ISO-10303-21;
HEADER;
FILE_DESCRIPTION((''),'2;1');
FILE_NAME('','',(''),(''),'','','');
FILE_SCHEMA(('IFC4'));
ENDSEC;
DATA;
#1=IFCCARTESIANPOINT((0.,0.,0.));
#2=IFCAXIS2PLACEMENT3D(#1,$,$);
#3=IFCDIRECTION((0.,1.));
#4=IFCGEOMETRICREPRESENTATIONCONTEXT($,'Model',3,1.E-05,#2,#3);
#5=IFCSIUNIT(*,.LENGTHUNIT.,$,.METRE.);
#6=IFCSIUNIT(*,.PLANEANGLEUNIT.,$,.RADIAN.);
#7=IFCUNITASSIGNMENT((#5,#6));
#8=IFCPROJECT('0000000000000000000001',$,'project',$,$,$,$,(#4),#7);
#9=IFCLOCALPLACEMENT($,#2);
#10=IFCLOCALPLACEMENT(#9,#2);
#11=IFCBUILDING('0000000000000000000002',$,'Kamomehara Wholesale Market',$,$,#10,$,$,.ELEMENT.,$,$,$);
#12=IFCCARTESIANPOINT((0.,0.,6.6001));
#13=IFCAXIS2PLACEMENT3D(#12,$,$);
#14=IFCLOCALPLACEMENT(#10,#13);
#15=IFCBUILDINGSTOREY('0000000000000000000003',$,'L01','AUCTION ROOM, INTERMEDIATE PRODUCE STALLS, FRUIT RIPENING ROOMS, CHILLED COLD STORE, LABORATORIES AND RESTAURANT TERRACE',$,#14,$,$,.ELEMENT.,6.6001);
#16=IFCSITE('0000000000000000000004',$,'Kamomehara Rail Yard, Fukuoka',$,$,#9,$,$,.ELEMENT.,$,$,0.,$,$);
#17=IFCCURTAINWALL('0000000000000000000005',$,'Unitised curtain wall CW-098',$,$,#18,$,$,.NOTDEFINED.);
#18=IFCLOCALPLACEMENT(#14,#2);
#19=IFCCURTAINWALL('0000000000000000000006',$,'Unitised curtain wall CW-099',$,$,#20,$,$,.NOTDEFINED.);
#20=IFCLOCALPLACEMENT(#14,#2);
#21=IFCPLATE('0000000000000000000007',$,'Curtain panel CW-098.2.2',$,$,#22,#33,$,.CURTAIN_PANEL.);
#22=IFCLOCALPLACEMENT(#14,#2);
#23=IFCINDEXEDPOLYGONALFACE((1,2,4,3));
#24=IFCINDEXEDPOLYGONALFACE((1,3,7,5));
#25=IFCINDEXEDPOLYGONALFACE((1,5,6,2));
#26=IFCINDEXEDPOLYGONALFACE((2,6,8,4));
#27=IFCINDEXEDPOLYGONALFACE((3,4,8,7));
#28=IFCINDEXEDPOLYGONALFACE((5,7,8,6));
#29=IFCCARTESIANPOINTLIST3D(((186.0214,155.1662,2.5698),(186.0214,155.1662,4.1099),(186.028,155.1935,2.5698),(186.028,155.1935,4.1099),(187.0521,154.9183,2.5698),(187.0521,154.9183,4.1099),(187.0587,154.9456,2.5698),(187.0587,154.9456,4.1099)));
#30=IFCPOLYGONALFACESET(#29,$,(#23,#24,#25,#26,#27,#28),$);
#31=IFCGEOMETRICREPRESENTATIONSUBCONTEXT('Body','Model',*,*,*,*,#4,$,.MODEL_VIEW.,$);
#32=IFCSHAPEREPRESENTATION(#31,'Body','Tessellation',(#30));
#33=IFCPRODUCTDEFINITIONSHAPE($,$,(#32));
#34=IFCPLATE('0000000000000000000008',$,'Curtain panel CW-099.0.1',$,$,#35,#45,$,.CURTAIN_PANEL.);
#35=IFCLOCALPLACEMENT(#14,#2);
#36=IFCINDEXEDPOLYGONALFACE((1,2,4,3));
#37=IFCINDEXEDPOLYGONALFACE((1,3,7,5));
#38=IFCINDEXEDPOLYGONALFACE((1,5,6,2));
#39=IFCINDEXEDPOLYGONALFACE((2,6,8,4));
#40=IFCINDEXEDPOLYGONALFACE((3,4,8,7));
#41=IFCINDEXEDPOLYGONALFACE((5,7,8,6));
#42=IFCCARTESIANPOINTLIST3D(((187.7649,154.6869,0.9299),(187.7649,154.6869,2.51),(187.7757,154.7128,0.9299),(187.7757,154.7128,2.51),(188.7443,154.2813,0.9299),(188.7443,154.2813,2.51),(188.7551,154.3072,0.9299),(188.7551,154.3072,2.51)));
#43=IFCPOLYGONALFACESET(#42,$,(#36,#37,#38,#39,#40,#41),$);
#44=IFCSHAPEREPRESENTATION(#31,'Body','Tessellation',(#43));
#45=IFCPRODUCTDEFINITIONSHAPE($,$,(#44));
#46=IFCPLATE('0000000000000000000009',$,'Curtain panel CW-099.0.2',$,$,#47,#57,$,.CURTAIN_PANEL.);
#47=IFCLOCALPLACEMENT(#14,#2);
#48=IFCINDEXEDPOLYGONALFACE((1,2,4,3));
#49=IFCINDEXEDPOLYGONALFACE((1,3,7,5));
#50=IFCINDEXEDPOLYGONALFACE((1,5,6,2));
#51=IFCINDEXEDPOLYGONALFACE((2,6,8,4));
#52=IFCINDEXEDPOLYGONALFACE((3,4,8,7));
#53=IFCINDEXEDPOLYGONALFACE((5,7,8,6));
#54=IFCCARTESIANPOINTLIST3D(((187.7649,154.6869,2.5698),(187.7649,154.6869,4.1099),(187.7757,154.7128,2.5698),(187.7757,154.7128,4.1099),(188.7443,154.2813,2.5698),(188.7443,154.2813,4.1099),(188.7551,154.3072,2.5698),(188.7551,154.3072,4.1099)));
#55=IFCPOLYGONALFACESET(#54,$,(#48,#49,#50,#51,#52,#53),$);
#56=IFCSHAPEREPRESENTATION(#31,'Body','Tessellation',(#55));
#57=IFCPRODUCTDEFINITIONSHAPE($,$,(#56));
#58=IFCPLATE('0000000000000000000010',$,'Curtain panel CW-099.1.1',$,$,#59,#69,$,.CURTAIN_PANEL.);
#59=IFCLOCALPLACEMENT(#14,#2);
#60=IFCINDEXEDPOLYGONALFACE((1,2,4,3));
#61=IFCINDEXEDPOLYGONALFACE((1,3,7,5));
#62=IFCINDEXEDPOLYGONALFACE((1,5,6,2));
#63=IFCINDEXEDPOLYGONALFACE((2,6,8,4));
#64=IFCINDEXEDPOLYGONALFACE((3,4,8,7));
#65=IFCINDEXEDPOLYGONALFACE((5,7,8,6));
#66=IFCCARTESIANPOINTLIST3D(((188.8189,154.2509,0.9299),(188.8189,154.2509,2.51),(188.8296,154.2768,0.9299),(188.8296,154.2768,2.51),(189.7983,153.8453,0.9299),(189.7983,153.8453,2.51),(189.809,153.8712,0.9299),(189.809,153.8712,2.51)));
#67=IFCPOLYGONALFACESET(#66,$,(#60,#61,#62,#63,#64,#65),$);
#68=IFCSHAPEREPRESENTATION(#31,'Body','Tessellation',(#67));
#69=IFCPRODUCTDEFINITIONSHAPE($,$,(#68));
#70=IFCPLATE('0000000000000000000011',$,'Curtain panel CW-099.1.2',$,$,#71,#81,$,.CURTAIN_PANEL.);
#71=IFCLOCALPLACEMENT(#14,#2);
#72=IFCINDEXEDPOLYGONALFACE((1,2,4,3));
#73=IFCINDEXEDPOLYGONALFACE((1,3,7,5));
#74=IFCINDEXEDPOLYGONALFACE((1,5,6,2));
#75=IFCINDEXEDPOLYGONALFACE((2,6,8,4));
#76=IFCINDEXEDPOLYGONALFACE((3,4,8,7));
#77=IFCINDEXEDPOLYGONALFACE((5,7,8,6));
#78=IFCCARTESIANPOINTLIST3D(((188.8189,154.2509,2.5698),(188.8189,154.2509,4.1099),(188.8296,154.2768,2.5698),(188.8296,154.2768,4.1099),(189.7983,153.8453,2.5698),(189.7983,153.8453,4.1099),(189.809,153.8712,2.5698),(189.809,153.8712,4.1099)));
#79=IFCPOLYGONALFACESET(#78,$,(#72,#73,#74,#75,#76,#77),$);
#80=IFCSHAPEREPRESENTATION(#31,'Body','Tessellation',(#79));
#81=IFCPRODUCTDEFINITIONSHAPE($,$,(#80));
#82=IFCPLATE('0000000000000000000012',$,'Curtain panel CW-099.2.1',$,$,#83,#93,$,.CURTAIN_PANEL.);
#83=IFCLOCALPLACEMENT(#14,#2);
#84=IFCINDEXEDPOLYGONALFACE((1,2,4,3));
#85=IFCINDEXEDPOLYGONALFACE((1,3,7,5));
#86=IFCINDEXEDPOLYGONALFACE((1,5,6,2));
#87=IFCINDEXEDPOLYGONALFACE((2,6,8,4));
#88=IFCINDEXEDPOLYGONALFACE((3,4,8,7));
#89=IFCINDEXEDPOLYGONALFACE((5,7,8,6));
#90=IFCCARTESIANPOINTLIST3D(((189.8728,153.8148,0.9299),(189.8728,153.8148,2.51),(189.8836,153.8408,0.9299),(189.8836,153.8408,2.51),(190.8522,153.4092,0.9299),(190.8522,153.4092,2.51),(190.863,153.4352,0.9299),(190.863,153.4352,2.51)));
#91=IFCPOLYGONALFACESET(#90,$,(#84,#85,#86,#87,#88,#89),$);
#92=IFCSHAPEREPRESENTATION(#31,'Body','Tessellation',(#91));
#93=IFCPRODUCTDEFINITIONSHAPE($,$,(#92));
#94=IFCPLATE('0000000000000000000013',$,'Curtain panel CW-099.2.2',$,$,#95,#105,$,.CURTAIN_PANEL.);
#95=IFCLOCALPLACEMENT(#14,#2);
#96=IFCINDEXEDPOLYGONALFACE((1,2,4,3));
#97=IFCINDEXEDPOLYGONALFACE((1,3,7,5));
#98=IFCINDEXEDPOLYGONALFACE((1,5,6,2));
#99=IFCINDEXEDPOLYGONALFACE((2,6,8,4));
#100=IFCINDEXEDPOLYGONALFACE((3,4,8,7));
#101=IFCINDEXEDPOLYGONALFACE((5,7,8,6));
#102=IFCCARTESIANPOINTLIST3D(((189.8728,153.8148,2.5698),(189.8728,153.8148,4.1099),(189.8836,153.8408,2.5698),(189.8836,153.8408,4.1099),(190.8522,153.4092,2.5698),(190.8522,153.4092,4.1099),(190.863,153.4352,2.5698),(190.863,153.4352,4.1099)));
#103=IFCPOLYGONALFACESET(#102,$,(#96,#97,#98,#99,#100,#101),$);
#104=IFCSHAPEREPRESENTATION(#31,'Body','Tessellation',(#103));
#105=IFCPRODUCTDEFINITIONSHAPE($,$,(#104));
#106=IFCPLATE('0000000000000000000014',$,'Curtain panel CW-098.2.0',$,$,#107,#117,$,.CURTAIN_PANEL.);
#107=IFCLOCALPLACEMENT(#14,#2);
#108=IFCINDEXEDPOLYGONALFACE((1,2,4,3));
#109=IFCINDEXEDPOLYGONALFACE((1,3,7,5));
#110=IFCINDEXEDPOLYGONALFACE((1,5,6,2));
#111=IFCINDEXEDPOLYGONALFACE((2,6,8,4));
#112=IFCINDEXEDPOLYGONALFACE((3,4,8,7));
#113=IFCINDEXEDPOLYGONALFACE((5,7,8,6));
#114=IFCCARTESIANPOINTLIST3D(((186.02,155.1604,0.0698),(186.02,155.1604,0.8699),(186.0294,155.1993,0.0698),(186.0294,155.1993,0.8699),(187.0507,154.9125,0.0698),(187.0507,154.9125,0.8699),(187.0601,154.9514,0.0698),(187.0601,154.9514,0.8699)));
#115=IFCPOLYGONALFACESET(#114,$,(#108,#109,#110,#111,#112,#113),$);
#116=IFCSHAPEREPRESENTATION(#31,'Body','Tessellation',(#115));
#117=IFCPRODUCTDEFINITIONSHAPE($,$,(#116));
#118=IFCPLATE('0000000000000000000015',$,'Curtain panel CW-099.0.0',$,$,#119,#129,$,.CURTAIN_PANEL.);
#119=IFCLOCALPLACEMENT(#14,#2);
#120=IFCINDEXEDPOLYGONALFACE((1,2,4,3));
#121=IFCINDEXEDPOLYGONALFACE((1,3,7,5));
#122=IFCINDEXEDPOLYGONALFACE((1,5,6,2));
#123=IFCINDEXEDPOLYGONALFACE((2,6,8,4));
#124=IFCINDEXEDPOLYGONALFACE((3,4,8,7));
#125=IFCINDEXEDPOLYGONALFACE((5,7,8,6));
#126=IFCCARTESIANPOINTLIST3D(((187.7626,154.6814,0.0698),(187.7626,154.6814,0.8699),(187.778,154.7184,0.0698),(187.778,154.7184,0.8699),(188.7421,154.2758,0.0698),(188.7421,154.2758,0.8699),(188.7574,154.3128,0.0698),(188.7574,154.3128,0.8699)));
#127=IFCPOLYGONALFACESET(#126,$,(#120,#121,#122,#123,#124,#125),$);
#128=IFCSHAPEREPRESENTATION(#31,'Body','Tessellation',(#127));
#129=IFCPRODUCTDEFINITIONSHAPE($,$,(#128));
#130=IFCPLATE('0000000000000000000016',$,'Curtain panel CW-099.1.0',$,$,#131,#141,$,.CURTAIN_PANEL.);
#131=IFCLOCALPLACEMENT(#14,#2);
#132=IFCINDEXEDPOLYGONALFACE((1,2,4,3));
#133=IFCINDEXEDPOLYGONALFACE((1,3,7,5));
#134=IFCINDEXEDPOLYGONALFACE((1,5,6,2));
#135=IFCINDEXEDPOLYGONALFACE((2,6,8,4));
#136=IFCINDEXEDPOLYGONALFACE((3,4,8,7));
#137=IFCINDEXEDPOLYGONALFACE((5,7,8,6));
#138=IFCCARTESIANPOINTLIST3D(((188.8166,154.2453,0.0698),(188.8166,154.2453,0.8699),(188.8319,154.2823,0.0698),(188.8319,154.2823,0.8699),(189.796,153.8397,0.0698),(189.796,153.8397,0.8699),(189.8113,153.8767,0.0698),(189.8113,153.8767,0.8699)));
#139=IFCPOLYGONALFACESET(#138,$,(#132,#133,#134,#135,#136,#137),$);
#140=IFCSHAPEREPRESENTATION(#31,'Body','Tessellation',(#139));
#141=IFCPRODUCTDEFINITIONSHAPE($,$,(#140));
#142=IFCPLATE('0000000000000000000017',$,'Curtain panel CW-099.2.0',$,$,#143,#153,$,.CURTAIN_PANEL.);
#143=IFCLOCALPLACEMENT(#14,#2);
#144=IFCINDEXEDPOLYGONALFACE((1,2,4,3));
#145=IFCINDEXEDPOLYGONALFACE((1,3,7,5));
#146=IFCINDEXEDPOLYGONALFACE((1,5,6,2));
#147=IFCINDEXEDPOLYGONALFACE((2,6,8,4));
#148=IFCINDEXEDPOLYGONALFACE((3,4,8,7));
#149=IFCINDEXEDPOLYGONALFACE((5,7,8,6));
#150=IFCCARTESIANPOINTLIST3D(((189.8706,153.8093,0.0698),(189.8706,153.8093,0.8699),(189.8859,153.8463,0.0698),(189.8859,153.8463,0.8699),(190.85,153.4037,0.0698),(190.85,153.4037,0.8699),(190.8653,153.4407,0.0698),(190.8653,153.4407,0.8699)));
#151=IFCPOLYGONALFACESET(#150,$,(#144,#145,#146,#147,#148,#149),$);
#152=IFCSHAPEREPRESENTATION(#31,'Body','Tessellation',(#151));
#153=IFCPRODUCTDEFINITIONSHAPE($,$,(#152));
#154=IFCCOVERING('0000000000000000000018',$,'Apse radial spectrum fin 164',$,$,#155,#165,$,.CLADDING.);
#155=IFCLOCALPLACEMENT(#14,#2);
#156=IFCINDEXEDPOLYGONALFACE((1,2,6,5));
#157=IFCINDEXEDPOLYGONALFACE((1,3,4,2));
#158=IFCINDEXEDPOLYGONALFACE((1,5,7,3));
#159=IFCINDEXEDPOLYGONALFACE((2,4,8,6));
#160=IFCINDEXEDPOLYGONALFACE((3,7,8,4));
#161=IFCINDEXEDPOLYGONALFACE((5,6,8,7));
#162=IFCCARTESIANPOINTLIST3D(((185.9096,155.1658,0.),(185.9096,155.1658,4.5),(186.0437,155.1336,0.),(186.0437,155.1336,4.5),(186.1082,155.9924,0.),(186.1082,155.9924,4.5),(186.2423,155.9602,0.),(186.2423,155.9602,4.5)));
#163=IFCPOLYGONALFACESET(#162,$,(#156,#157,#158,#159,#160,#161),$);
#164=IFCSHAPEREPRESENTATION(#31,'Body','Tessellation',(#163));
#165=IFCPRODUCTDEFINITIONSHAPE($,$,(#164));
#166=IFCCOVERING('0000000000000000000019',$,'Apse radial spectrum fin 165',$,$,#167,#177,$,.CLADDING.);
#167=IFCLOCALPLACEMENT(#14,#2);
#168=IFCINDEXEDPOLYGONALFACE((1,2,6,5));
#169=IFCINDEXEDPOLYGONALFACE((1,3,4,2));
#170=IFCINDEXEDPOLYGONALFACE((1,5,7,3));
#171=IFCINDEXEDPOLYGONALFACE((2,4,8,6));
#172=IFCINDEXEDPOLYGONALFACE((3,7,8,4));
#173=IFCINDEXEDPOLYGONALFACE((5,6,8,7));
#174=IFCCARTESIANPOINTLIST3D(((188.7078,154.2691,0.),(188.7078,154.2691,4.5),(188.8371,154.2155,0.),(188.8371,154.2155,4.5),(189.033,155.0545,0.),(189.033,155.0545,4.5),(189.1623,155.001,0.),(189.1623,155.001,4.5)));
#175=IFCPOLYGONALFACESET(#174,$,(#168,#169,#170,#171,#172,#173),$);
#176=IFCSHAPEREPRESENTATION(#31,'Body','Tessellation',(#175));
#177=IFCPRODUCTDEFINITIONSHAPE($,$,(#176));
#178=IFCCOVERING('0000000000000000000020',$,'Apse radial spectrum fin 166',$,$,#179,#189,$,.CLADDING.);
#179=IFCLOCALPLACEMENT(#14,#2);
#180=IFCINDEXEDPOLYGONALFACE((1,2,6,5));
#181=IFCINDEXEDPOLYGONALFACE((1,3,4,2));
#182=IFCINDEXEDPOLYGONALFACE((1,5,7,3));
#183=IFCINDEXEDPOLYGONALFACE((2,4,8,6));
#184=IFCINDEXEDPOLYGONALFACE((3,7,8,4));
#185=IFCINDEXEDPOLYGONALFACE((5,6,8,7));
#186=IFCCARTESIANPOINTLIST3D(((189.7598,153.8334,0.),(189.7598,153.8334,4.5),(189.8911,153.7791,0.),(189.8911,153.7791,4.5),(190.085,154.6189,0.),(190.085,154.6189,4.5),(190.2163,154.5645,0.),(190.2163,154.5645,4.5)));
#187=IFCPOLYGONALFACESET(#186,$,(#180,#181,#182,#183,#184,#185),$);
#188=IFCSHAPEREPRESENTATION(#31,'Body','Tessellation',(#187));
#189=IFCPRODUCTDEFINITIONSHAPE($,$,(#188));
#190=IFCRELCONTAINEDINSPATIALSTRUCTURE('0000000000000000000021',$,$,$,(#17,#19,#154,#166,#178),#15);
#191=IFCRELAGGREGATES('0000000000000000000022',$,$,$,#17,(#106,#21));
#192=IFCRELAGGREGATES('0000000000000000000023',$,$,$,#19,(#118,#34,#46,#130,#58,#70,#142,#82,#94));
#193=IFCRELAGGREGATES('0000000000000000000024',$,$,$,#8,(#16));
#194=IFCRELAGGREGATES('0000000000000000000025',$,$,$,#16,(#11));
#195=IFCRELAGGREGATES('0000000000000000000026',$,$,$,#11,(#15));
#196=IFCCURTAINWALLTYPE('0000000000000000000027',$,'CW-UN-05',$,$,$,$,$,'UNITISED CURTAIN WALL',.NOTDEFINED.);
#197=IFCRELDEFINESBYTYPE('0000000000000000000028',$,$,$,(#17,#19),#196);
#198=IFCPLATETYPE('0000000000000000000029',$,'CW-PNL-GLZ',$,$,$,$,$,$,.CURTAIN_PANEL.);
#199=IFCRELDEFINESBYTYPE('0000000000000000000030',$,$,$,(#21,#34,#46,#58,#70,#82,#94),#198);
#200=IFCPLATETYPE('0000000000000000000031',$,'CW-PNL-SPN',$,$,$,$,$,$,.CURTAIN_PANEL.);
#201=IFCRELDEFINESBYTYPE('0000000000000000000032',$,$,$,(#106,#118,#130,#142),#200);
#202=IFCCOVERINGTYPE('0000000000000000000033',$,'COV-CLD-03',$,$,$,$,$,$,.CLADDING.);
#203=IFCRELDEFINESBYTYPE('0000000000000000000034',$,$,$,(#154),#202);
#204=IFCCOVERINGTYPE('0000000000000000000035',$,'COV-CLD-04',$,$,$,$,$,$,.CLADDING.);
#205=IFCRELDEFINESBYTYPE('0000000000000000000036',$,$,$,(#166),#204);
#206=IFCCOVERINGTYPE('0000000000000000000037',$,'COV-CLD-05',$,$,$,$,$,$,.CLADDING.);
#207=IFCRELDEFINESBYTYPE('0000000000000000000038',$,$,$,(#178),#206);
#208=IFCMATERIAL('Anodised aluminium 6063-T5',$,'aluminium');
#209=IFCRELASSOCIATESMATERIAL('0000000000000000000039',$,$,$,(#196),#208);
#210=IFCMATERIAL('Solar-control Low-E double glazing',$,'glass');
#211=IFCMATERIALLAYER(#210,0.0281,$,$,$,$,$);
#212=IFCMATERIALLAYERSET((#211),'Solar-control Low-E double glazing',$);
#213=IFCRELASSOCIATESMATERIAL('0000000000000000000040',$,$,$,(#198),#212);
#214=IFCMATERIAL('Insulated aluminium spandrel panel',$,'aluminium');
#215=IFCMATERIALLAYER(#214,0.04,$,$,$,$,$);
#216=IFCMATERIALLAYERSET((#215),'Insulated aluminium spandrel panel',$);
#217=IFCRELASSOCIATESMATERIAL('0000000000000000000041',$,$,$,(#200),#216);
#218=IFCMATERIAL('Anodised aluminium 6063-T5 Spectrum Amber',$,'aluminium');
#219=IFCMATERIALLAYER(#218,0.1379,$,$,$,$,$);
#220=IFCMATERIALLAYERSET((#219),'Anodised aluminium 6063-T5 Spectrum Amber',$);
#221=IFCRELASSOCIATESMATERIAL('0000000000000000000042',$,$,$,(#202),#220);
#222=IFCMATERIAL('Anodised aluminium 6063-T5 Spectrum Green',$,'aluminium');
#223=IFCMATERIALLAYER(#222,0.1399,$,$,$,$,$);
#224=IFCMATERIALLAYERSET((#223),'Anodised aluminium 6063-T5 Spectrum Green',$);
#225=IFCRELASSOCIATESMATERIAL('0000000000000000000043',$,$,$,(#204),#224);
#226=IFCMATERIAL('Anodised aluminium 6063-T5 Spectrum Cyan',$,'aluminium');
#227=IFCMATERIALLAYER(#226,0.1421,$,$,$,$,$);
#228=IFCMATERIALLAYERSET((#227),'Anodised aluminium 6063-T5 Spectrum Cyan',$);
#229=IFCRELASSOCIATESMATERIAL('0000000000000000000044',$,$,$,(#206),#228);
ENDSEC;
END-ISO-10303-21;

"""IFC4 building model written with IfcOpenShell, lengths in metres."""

from ifc_helpers import new_model, si_unit, direction, frame, origin, origin_2d, place, context, subcontext, project, spatial, rectangle, extrude, material, layer, layer_set, type_object, element, aggregate, save


model = new_model("IFC4")

# Units and contexts
model_context = context("Model", 3, precision=1e-05, world=origin(), true_north=direction((0.0, 1.0)))
body_context = subcontext(model_context, "Body", "Model", "MODEL_VIEW")
ifc_project = project(units=[si_unit("LENGTHUNIT", "METRE"), si_unit("PLANEANGLEUNIT", "RADIAN")], contexts=[model_context])

# Site, building, storey
site_placement = place(None, origin())
site = spatial("IfcSite", under=ifc_project, at=site_placement, Name="Kamomehara Rail Yard, Fukuoka", CompositionType="ELEMENT", RefElevation=0.0)
building_placement = place(site_placement, origin())
building = spatial("IfcBuilding", under=site, at=building_placement, Name="Kamomehara Wholesale Market", CompositionType="ELEMENT")
storey_placement = place(building_placement, frame((0.0, 0.0, 6.6001)))
storey = spatial("IfcBuildingStorey", under=building, at=storey_placement, Name="L01", Description="AUCTION ROOM, INTERMEDIATE PRODUCE STALLS, FRUIT RIPENING ROOMS, CHILLED COLD STORE, LABORATORIES AND RESTAURANT TERRACE", CompositionType="ELEMENT", Elevation=6.6001)

# Curtain walls
ifc_material_1 = material(Name="Anodised aluminium 6063-T5", Category="aluminium")
curtain_wall_type = type_object("IfcCurtainWallType", Name="CW-UN-05", ElementType="UNITISED CURTAIN WALL", PredefinedType="NOTDEFINED", material=ifc_material_1)
curtain_wall_1_placement = place(storey_placement, origin())
curtain_wall_1 = element("IfcCurtainWall", 1, at=curtain_wall_1_placement, inside=storey, type_object=curtain_wall_type, Name="Unitised curtain wall CW-098", PredefinedType="NOTDEFINED")
curtain_wall_2_placement = place(storey_placement, origin())
curtain_wall_2 = element("IfcCurtainWall", 2, at=curtain_wall_2_placement, inside=storey, type_object=curtain_wall_type, Name="Unitised curtain wall CW-099", PredefinedType="NOTDEFINED")

# Plates
ifc_material_2 = material(Name="Solar-control Low-E double glazing", Category="glass")
ifc_layer_1 = layer(ifc_material_2, 0.0281)
ifc_layer_set_1 = layer_set([ifc_layer_1], Name="Solar-control Low-E double glazing")
plate_type_1 = type_object("IfcPlateType", Name="CW-PNL-GLZ", PredefinedType="CURTAIN_PANEL", material=ifc_layer_set_1)
plate_1_placement = place(storey_placement, frame((186.54, 155.0559, 2.5698), z_axis=(0.0, 0.0, 1.0), x_axis=(0.972272, -0.233853, 0.0)))
plate_1 = element("IfcPlate", 3, at=plate_1_placement, type_object=plate_type_1, Name="Curtain panel CW-098.2.2", PredefinedType="CURTAIN_PANEL", context=body_context, shape_type="SweptSolid", body=[
    extrude(rectangle(XDim=1.0601, YDim=0.0281, at=origin_2d()), origin(), (0.0, 0.0, 1.0), 1.54),
])
plate_2_placement = place(storey_placement, frame((188.26, 154.4971, 0.9299), z_axis=(0.0, 0.0, 1.0), x_axis=(0.923913, -0.382603, 0.0)))
plate_2 = element("IfcPlate", 4, at=plate_2_placement, type_object=plate_type_1, Name="Curtain panel CW-099.0.1", PredefinedType="CURTAIN_PANEL", context=body_context, shape_type="SweptSolid", body=[
    extrude(rectangle(XDim=1.0601, YDim=0.0281, at=origin_2d()), origin(), (0.0, 0.0, 1.0), 1.5801),
])
plate_3_placement = place(storey_placement, frame((188.26, 154.4971, 2.5698), z_axis=(0.0, 0.0, 1.0), x_axis=(0.923913, -0.382603, 0.0)))
plate_3 = element("IfcPlate", 5, at=plate_3_placement, type_object=plate_type_1, Name="Curtain panel CW-099.0.2", PredefinedType="CURTAIN_PANEL", context=body_context, shape_type="SweptSolid", body=[
    extrude(rectangle(XDim=1.0601, YDim=0.0281, at=origin_2d()), origin(), (0.0, 0.0, 1.0), 1.54),
])
plate_4_placement = place(storey_placement, frame((189.314, 154.061, 0.9299), z_axis=(0.0, 0.0, 1.0), x_axis=(0.923913, -0.382603, 0.0)))
plate_4 = element("IfcPlate", 6, at=plate_4_placement, type_object=plate_type_1, Name="Curtain panel CW-099.1.1", PredefinedType="CURTAIN_PANEL", context=body_context, shape_type="SweptSolid", body=[
    extrude(rectangle(XDim=1.0601, YDim=0.0281, at=origin_2d()), origin(), (0.0, 0.0, 1.0), 1.5801),
])
plate_5_placement = place(storey_placement, frame((189.314, 154.061, 2.5698), z_axis=(0.0, 0.0, 1.0), x_axis=(0.923913, -0.382603, 0.0)))
plate_5 = element("IfcPlate", 7, at=plate_5_placement, type_object=plate_type_1, Name="Curtain panel CW-099.1.2", PredefinedType="CURTAIN_PANEL", context=body_context, shape_type="SweptSolid", body=[
    extrude(rectangle(XDim=1.0601, YDim=0.0281, at=origin_2d()), origin(), (0.0, 0.0, 1.0), 1.54),
])
plate_6_placement = place(storey_placement, frame((190.3679, 153.625, 0.9299), z_axis=(0.0, 0.0, 1.0), x_axis=(0.923913, -0.382603, 0.0)))
plate_6 = element("IfcPlate", 8, at=plate_6_placement, type_object=plate_type_1, Name="Curtain panel CW-099.2.1", PredefinedType="CURTAIN_PANEL", context=body_context, shape_type="SweptSolid", body=[
    extrude(rectangle(XDim=1.0601, YDim=0.0281, at=origin_2d()), origin(), (0.0, 0.0, 1.0), 1.5801),
])
plate_7_placement = place(storey_placement, frame((190.3679, 153.625, 2.5698), z_axis=(0.0, 0.0, 1.0), x_axis=(0.923913, -0.382603, 0.0)))
plate_7 = element("IfcPlate", 9, at=plate_7_placement, type_object=plate_type_1, Name="Curtain panel CW-099.2.2", PredefinedType="CURTAIN_PANEL", context=body_context, shape_type="SweptSolid", body=[
    extrude(rectangle(XDim=1.0601, YDim=0.0281, at=origin_2d()), origin(), (0.0, 0.0, 1.0), 1.54),
])
ifc_material_3 = material(Name="Insulated aluminium spandrel panel", Category="aluminium")
ifc_layer_2 = layer(ifc_material_3, 0.04)
ifc_layer_set_2 = layer_set([ifc_layer_2], Name="Insulated aluminium spandrel panel")
plate_type_2 = type_object("IfcPlateType", Name="CW-PNL-SPN", PredefinedType="CURTAIN_PANEL", material=ifc_layer_set_2)
plate_8_placement = place(storey_placement, frame((186.54, 155.0559, 0.0698), z_axis=(0.0, 0.0, 1.0), x_axis=(0.972272, -0.233853, 0.0)))
plate_8 = element("IfcPlate", 10, at=plate_8_placement, type_object=plate_type_2, Name="Curtain panel CW-098.2.0", PredefinedType="CURTAIN_PANEL", context=body_context, shape_type="SweptSolid", body=[
    extrude(rectangle(XDim=1.0601, YDim=0.04, at=origin_2d()), origin(), (0.0, 0.0, 1.0), 0.8),
])
aggregate(curtain_wall_1, [plate_8, plate_1])
plate_9_placement = place(storey_placement, frame((188.26, 154.4971, 0.0698), z_axis=(0.0, 0.0, 1.0), x_axis=(0.923913, -0.382603, 0.0)))
plate_9 = element("IfcPlate", 11, at=plate_9_placement, type_object=plate_type_2, Name="Curtain panel CW-099.0.0", PredefinedType="CURTAIN_PANEL", context=body_context, shape_type="SweptSolid", body=[
    extrude(rectangle(XDim=1.0601, YDim=0.04, at=origin_2d()), origin(), (0.0, 0.0, 1.0), 0.8),
])
plate_10_placement = place(storey_placement, frame((189.314, 154.061, 0.0698), z_axis=(0.0, 0.0, 1.0), x_axis=(0.923913, -0.382603, 0.0)))
plate_10 = element("IfcPlate", 12, at=plate_10_placement, type_object=plate_type_2, Name="Curtain panel CW-099.1.0", PredefinedType="CURTAIN_PANEL", context=body_context, shape_type="SweptSolid", body=[
    extrude(rectangle(XDim=1.0601, YDim=0.04, at=origin_2d()), origin(), (0.0, 0.0, 1.0), 0.8),
])
plate_11_placement = place(storey_placement, frame((190.3679, 153.625, 0.0698), z_axis=(0.0, 0.0, 1.0), x_axis=(0.923913, -0.382603, 0.0)))
plate_11 = element("IfcPlate", 13, at=plate_11_placement, type_object=plate_type_2, Name="Curtain panel CW-099.2.0", PredefinedType="CURTAIN_PANEL", context=body_context, shape_type="SweptSolid", body=[
    extrude(rectangle(XDim=1.0601, YDim=0.04, at=origin_2d()), origin(), (0.0, 0.0, 1.0), 0.8),
])
aggregate(curtain_wall_2, [plate_9, plate_2, plate_3, plate_10, plate_4, plate_5, plate_11, plate_6, plate_7])

# Coverings
ifc_material_4 = material(Name="Anodised aluminium 6063-T5 Spectrum Amber", Category="aluminium")
ifc_layer_3 = layer(ifc_material_4, 0.1379)
ifc_layer_set_3 = layer_set([ifc_layer_3], Name="Anodised aluminium 6063-T5 Spectrum Amber")
covering_type_1 = type_object("IfcCoveringType", Name="COV-CLD-03", PredefinedType="CLADDING", material=ifc_layer_set_3)
covering_1_placement = place(storey_placement, frame((186.0759, 155.563, 0.0), z_axis=(0.0, 0.0, 1.0), x_axis=(0.972321, -0.233649, 0.0)))
element("IfcCovering", 14, at=covering_1_placement, inside=storey, type_object=covering_type_1, Name="Apse radial spectrum fin 164", PredefinedType="CLADDING", context=body_context, shape_type="SweptSolid", body=[
    extrude(rectangle(XDim=0.1379, YDim=0.8501, at=origin_2d()), origin(), (0.0, 0.0, 1.0), 4.5),
])
ifc_material_5 = material(Name="Anodised aluminium 6063-T5 Spectrum Green", Category="aluminium")
ifc_layer_4 = layer(ifc_material_5, 0.1399)
ifc_layer_set_4 = layer_set([ifc_layer_4], Name="Anodised aluminium 6063-T5 Spectrum Green")
covering_type_2 = type_object("IfcCoveringType", Name="COV-CLD-04", PredefinedType="CLADDING", material=ifc_layer_set_4)
covering_2_placement = place(storey_placement, frame((188.9351, 154.635, 0.0), z_axis=(0.0, 0.0, 1.0), x_axis=(0.923926, -0.382571, 0.0)))
element("IfcCovering", 15, at=covering_2_placement, inside=storey, type_object=covering_type_2, Name="Apse radial spectrum fin 165", PredefinedType="CLADDING", context=body_context, shape_type="SweptSolid", body=[
    extrude(rectangle(XDim=0.1399, YDim=0.8501, at=origin_2d()), origin(), (0.0, 0.0, 1.0), 4.5),
])
ifc_material_6 = material(Name="Anodised aluminium 6063-T5 Spectrum Cyan", Category="aluminium")
ifc_layer_5 = layer(ifc_material_6, 0.1421)
ifc_layer_set_5 = layer_set([ifc_layer_5], Name="Anodised aluminium 6063-T5 Spectrum Cyan")
covering_type_3 = type_object("IfcCoveringType", Name="COV-CLD-05", PredefinedType="CLADDING", material=ifc_layer_set_5)
covering_3_placement = place(storey_placement, frame((189.988, 154.199, 0.0), z_axis=(0.0, 0.0, 1.0), x_axis=(0.923926, -0.382571, 0.0)))
element("IfcCovering", 16, at=covering_3_placement, inside=storey, type_object=covering_type_3, Name="Apse radial spectrum fin 166", PredefinedType="CLADDING", context=body_context, shape_type="SweptSolid", body=[
    extrude(rectangle(XDim=0.1421, YDim=0.8501, at=origin_2d()), origin(), (0.0, 0.0, 1.0), 4.5),
])

save(model, "model.ifc")
